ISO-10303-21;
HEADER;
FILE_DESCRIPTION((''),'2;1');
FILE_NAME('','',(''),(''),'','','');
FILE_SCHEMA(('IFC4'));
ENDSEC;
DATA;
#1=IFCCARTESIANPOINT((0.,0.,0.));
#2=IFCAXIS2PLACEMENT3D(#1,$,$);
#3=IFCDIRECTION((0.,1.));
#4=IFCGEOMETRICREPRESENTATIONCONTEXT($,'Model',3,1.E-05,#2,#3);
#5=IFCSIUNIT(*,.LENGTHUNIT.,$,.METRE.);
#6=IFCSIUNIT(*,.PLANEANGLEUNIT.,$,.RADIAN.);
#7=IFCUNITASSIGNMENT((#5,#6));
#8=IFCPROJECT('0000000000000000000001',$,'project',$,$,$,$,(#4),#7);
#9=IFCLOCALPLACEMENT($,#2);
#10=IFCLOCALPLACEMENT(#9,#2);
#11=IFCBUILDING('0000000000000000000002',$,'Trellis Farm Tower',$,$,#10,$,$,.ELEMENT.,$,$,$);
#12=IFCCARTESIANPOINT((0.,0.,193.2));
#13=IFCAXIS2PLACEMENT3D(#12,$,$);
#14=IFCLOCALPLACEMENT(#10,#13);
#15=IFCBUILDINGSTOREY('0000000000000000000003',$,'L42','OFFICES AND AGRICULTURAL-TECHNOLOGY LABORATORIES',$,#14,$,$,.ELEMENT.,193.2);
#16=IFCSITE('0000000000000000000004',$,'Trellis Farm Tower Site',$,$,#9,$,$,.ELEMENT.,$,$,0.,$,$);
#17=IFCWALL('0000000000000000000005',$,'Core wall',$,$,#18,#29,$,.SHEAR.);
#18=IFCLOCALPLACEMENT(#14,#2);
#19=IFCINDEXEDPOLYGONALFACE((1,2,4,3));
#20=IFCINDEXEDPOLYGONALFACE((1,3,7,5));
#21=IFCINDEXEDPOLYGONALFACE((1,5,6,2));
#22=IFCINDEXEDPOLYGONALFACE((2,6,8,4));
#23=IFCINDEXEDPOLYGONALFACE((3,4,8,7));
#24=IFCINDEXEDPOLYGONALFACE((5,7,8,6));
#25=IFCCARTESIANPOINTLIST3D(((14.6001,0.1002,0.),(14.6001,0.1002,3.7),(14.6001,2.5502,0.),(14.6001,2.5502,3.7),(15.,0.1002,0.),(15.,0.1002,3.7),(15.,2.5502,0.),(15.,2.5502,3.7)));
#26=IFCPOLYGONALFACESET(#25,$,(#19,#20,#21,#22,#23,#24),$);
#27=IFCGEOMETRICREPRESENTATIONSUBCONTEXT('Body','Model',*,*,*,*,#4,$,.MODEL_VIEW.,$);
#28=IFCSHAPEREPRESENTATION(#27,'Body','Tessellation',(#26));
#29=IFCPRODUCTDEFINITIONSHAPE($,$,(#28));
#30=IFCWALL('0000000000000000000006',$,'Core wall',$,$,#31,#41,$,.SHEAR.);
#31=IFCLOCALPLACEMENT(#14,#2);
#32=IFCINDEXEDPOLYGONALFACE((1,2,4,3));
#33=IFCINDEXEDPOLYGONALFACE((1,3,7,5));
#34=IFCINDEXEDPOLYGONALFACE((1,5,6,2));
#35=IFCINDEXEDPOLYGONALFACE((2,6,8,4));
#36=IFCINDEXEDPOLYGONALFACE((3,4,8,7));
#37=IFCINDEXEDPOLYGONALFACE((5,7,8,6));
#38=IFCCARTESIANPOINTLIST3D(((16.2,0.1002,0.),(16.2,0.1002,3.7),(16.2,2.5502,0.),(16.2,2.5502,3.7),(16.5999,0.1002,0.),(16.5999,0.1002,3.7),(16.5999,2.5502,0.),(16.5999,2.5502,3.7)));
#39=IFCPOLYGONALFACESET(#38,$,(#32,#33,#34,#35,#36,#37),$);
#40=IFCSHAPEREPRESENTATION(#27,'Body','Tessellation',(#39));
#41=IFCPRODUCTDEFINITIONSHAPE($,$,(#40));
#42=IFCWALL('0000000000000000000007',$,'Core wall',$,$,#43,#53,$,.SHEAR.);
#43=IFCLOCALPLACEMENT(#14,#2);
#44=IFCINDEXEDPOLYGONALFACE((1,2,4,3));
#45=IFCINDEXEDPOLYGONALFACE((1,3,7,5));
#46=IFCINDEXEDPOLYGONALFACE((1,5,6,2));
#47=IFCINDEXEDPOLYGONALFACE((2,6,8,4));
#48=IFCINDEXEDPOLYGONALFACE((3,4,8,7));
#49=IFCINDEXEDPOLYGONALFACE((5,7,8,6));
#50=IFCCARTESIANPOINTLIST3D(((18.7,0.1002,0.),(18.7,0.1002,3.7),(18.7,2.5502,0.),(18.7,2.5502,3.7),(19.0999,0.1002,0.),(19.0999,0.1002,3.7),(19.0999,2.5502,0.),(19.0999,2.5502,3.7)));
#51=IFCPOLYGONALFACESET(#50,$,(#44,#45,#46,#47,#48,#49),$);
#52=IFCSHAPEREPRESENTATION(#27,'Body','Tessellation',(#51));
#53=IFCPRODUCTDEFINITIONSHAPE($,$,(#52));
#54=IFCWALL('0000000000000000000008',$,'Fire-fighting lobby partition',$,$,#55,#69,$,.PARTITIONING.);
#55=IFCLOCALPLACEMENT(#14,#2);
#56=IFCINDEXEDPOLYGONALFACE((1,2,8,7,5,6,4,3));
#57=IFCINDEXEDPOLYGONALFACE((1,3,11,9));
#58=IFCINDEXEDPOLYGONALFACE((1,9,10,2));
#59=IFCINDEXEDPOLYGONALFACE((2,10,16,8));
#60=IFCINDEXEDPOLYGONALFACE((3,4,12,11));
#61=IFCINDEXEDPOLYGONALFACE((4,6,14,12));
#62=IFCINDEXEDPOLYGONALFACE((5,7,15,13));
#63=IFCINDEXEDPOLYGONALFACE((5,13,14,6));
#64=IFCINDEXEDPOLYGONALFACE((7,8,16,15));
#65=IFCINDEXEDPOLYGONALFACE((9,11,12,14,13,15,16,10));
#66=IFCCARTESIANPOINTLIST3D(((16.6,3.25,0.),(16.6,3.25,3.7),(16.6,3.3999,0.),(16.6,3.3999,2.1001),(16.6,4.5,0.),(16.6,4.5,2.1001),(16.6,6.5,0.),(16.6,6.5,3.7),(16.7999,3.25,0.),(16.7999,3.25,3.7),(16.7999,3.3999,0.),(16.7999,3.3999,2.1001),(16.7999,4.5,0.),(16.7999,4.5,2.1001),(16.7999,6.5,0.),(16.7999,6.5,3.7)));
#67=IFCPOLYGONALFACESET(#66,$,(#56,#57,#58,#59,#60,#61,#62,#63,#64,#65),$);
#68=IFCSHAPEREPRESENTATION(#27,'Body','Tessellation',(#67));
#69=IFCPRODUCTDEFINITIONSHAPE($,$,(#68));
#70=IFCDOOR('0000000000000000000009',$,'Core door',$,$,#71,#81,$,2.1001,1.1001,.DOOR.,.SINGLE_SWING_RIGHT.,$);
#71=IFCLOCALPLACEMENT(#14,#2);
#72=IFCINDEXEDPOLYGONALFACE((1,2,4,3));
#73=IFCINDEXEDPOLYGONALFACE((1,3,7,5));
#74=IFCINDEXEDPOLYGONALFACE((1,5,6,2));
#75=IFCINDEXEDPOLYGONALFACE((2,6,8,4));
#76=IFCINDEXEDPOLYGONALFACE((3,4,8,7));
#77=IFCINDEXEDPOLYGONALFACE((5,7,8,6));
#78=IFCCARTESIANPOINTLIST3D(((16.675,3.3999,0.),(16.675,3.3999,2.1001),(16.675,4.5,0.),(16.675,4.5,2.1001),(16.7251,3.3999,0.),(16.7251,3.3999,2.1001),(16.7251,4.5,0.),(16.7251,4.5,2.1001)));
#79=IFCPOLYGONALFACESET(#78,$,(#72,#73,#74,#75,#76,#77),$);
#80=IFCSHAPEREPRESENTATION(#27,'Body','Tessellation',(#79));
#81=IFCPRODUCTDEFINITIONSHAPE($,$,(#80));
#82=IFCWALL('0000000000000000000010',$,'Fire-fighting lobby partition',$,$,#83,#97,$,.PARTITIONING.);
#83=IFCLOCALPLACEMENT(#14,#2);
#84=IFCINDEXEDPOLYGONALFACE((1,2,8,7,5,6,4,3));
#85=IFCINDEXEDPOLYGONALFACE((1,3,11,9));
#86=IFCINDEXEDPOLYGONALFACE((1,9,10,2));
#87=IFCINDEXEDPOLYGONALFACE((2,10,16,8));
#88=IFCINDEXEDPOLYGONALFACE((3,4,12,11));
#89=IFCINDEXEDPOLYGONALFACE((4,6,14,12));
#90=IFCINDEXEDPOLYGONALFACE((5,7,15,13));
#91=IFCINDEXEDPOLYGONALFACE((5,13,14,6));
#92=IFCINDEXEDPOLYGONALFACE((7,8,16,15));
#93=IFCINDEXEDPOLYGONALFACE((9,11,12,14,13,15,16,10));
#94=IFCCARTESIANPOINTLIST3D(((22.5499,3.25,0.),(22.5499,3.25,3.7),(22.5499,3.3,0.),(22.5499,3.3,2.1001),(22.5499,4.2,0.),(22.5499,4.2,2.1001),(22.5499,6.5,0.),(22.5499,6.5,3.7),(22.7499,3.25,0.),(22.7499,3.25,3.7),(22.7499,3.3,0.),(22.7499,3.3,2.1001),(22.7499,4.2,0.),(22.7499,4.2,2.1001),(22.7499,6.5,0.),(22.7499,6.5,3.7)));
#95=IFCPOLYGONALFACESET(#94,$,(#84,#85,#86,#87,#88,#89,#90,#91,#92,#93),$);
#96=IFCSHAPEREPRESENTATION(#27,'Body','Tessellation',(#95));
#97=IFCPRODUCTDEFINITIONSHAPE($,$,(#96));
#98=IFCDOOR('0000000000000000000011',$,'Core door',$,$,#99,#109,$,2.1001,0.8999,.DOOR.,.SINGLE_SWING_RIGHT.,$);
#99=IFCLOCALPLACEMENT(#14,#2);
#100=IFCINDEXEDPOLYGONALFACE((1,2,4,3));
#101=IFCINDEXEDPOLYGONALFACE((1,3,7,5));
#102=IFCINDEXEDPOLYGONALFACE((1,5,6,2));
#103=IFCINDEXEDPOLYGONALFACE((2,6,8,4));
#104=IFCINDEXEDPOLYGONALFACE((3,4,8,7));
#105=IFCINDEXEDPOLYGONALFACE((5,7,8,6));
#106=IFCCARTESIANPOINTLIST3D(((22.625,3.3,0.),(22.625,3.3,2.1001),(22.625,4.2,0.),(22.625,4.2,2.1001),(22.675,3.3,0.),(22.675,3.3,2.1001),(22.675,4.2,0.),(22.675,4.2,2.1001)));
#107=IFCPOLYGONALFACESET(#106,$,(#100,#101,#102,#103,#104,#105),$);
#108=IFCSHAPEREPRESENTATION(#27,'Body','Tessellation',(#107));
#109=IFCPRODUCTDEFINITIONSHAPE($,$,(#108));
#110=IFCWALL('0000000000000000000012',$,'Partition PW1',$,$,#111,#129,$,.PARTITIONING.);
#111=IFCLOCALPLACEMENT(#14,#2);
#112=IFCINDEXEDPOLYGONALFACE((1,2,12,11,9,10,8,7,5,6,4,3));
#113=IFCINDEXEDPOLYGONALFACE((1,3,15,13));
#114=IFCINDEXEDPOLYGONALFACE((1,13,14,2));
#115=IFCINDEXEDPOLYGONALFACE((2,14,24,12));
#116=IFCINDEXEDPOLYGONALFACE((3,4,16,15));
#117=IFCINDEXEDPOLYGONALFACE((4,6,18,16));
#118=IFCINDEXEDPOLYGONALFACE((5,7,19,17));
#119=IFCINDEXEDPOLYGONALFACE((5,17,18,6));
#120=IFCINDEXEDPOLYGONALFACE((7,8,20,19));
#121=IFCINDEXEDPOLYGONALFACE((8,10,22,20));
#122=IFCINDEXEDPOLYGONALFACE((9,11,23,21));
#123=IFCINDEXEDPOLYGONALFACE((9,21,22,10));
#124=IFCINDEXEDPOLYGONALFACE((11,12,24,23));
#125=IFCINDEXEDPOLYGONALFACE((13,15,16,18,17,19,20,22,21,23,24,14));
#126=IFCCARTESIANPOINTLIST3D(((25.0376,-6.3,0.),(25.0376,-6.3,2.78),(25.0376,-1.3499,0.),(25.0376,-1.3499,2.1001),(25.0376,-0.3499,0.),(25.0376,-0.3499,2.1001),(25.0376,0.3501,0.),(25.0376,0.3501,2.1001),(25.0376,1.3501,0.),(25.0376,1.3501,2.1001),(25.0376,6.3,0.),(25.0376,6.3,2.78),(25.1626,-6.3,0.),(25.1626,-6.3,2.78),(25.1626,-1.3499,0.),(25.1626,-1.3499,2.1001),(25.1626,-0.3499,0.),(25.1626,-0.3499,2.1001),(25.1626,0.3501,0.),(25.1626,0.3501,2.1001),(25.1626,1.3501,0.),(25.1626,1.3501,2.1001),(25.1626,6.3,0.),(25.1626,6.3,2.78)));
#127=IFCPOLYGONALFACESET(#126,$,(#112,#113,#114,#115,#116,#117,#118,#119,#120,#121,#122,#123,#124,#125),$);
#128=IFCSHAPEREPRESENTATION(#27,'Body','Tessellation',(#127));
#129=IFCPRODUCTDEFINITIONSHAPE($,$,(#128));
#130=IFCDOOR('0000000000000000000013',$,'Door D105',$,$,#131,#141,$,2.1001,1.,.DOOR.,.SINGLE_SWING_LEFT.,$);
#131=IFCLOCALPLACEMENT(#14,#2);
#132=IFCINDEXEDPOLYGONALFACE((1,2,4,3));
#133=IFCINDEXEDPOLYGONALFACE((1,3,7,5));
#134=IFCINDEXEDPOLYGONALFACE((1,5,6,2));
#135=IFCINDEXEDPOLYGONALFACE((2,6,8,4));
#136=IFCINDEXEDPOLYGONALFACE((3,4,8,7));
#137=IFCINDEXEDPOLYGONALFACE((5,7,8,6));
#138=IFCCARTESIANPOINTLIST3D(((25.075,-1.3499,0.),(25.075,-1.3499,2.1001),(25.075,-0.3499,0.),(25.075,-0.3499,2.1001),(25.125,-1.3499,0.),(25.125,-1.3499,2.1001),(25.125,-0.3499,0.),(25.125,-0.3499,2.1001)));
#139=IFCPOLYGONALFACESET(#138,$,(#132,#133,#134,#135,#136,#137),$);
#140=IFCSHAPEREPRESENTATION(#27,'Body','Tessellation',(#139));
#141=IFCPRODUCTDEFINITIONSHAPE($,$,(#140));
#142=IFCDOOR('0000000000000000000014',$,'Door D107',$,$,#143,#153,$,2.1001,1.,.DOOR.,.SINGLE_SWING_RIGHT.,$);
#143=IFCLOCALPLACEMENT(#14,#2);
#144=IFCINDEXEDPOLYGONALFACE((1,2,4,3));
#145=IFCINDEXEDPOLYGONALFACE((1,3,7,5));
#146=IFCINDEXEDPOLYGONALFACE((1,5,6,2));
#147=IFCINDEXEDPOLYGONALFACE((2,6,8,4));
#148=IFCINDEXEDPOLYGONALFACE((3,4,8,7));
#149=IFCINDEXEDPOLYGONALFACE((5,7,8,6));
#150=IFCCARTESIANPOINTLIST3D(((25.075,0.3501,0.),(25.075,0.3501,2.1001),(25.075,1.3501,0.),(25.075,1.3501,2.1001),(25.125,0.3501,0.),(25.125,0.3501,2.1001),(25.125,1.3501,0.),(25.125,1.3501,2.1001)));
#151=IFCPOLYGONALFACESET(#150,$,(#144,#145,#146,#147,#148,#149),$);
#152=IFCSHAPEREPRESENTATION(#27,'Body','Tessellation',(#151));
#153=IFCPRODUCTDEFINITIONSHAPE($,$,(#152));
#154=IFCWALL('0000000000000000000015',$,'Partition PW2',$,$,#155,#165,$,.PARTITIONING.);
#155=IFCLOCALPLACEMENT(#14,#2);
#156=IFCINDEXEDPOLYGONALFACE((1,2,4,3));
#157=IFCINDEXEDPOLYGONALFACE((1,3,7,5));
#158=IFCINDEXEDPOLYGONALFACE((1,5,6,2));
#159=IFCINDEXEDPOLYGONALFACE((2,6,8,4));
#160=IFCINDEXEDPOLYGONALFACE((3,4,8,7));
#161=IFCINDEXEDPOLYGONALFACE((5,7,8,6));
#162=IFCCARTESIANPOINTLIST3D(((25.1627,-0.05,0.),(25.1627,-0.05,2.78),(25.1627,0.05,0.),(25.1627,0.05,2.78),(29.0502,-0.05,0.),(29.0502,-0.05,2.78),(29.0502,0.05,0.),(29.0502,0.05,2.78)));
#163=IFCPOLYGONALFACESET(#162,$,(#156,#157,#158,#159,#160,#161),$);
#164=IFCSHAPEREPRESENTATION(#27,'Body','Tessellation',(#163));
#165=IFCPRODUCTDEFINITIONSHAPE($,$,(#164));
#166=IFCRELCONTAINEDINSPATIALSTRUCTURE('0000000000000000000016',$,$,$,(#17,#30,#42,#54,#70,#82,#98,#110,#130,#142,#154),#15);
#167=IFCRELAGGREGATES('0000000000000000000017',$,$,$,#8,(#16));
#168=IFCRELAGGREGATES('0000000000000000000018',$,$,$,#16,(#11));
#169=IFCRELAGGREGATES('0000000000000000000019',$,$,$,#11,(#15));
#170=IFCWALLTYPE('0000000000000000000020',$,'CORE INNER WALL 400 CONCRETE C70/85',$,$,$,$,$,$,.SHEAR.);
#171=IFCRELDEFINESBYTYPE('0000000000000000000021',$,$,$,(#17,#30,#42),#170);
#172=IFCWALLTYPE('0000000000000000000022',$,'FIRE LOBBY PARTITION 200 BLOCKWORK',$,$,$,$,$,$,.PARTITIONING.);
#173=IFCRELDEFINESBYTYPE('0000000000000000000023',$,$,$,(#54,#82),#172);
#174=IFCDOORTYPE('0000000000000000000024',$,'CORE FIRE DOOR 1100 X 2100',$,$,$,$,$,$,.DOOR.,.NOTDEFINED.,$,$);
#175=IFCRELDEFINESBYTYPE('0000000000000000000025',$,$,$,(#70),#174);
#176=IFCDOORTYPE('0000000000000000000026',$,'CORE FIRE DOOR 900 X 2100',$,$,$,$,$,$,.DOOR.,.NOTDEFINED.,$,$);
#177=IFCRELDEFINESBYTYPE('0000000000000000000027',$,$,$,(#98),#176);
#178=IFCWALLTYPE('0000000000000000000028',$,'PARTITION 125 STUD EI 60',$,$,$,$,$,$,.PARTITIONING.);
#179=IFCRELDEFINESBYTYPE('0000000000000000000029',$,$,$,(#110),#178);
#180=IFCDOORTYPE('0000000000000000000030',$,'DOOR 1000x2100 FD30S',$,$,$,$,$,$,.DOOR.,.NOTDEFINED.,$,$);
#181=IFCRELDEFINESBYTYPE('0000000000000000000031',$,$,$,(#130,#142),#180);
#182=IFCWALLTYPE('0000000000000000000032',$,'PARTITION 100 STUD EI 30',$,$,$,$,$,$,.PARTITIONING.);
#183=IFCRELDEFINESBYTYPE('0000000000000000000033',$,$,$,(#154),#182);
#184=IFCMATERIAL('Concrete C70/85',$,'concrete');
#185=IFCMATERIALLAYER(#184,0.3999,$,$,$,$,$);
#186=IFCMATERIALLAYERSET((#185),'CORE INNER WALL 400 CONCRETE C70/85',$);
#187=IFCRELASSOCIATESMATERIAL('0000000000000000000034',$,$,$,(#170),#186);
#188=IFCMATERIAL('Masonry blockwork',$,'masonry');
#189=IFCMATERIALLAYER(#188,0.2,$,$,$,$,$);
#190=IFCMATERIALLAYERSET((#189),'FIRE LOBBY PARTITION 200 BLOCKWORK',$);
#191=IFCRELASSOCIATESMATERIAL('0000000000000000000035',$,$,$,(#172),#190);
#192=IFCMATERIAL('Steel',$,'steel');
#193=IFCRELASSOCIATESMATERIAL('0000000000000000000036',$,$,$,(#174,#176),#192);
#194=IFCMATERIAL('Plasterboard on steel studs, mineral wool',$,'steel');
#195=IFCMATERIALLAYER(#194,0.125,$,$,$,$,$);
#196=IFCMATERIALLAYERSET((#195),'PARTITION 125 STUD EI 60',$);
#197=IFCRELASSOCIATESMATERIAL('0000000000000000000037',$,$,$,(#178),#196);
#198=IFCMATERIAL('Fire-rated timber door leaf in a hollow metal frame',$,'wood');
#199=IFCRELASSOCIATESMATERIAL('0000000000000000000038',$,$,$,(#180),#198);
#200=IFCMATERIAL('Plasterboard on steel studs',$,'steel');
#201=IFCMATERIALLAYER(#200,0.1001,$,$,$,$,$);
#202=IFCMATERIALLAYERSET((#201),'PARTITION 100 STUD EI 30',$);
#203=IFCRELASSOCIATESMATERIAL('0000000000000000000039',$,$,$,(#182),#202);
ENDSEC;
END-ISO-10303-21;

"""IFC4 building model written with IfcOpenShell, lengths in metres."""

from ifc_helpers import new_model, si_unit, direction, frame, frame_2d, origin, place, context, subcontext, project, spatial, rectangle, extrude, source, transform, mapped, material, layer, layer_set, type_object, element, fill, save


model = new_model("IFC4")

# Units and contexts
model_context = context("Model", 3, precision=1e-05, world=origin(), true_north=direction((0.0, 1.0)))
body_context = subcontext(model_context, "Body", "Model", "MODEL_VIEW")
ifc_project = project(units=[si_unit("LENGTHUNIT", "METRE"), si_unit("PLANEANGLEUNIT", "RADIAN")], contexts=[model_context])

# Site, building, storey
site_placement = place(None, origin())
site = spatial("IfcSite", under=ifc_project, at=site_placement, Name="Trellis Farm Tower Site", CompositionType="ELEMENT", RefElevation=0.0)
building_placement = place(site_placement, origin())
building = spatial("IfcBuilding", under=site, at=building_placement, Name="Trellis Farm Tower", CompositionType="ELEMENT")
storey_placement = place(building_placement, frame((0.0, 0.0, 193.2)))
storey = spatial("IfcBuildingStorey", under=building, at=storey_placement, Name="L42", Description="OFFICES AND AGRICULTURAL-TECHNOLOGY LABORATORIES", CompositionType="ELEMENT", Elevation=193.2)

# Shared definitions
ifc_material_1 = material(Name="Concrete C70/85", Category="concrete")

# Walls
ifc_layer_1 = layer(ifc_material_1, 0.3999)
ifc_layer_set_1 = layer_set([ifc_layer_1], Name="CORE INNER WALL 400 CONCRETE C70/85")
wall_type_1 = type_object("IfcWallType", Name="CORE INNER WALL 400 CONCRETE C70/85", PredefinedType="SHEAR", material=ifc_layer_set_1)
shared_shape_1 = source(origin(), body_context, "Body", "SweptSolid", [
    extrude(rectangle(XDim=2.45, YDim=0.3999, at=frame_2d((1.2251, 0.0))), origin(), (0.0, 0.0, 1.0), 3.7),
])
for number, where, z_axis, x_axis, name in (
    (1, (14.8, 0.1001, 0.0), (0.0, 0.0, 1.0), (0.0, 1.0, 0.0), "Core wall"),
    (2, (16.3999, 0.1001, 0.0), (0.0, 0.0, 1.0), (0.0, 1.0, 0.0), "Core wall"),
    (3, (18.8999, 0.1001, 0.0), (0.0, 0.0, 1.0), (0.0, 1.0, 0.0), "Core wall"),
):
    element("IfcWall", number, at=place(storey_placement, frame(where, z_axis=z_axis, x_axis=x_axis)), inside=storey, type_object=wall_type_1, Name=name, PredefinedType="SHEAR", context=body_context, shape_type="MappedRepresentation", body=[
        mapped(shared_shape_1, transform((0.0, 0.0, 0.0))),
    ])

# Walls, openings, doors
ifc_material_2 = material(Name="Masonry blockwork", Category="masonry")
ifc_layer_2 = layer(ifc_material_2, 0.2)
ifc_layer_set_2 = layer_set([ifc_layer_2], Name="FIRE LOBBY PARTITION 200 BLOCKWORK")
wall_type_2 = type_object("IfcWallType", Name="FIRE LOBBY PARTITION 200 BLOCKWORK", PredefinedType="PARTITIONING", material=ifc_layer_set_2)
shared_shape_2 = source(origin(), body_context, "Body", "SweptSolid", [
    extrude(rectangle(XDim=3.25, YDim=0.2, at=frame_2d((1.625, 0.0))), origin(), (0.0, 0.0, 1.0), 3.7),
])
wall_1_placement = place(storey_placement, frame((16.7, 3.25, 0.0), z_axis=(0.0, 0.0, 1.0), x_axis=(0.0, 1.0, 0.0)))
wall_1 = element("IfcWall", 4, at=wall_1_placement, inside=storey, type_object=wall_type_2, Name="Fire-fighting lobby partition", PredefinedType="PARTITIONING", context=body_context, shape_type="MappedRepresentation", body=[
    mapped(shared_shape_2, transform((0.0, 0.0, 0.0))),
])
shared_shape_3 = source(origin(), body_context, "Body", "SweptSolid", [
    extrude(rectangle(XDim=1.1001, YDim=2.1001, at=frame_2d((0.55, 1.05))), frame((0.0, 0.1101, 0.0), z_axis=(0.0, -1.0, 0.0), x_axis=(1.0, 0.0, 0.0)), (0.0, 0.0, 1.0), 0.2202),
])
opening_1_placement = place(wall_1_placement, frame((0.1499, 0.0, 0.0)))
opening_1 = element("IfcOpeningElement", 5, at=opening_1_placement, cuts=wall_1, PredefinedType="OPENING", context=body_context, shape_type="MappedRepresentation", body=[
    mapped(shared_shape_3, transform((0.0, 0.0, 0.0))),
])
ifc_material_3 = material(Name="Steel", Category="steel")
door_type_1 = type_object("IfcDoorType", Name="CORE FIRE DOOR 1100 X 2100", OperationType="NOTDEFINED", PredefinedType="DOOR", material=ifc_material_3)
shared_shape_4 = source(origin(), body_context, "Body", "SweptSolid", [
    extrude(rectangle(XDim=1.1001, YDim=2.1001, at=frame_2d((0.55, 1.05))), frame((0.0, 0.0249, 0.0), z_axis=(0.0, -1.0, 0.0), x_axis=(1.0, 0.0, 0.0)), (0.0, 0.0, 1.0), 0.05),
])
door_1_placement = place(opening_1_placement, origin())
door_1 = element("IfcDoor", 6, at=door_1_placement, inside=storey, type_object=door_type_1, Name="Core door", OperationType="SINGLE_SWING_RIGHT", OverallHeight=2.1001, OverallWidth=1.1001, PredefinedType="DOOR", context=body_context, shape_type="MappedRepresentation", body=[
    mapped(shared_shape_4, transform((0.0, 0.0, 0.0))),
])
fill(opening_1, door_1)
wall_2_placement = place(storey_placement, frame((22.6499, 3.25, 0.0), z_axis=(0.0, 0.0, 1.0), x_axis=(0.0, 1.0, 0.0)))
wall_2 = element("IfcWall", 7, at=wall_2_placement, inside=storey, type_object=wall_type_2, Name="Fire-fighting lobby partition", PredefinedType="PARTITIONING", context=body_context, shape_type="MappedRepresentation", body=[
    mapped(shared_shape_2, transform((0.0, 0.0, 0.0))),
])
shared_shape_5 = source(origin(), body_context, "Body", "SweptSolid", [
    extrude(rectangle(XDim=0.8999, YDim=2.1001, at=frame_2d((0.45, 1.05))), frame((0.0, 0.1101, 0.0), z_axis=(0.0, -1.0, 0.0), x_axis=(1.0, 0.0, 0.0)), (0.0, 0.0, 1.0), 0.2202),
])
opening_2_placement = place(wall_2_placement, frame((0.05, 0.0, 0.0)))
opening_2 = element("IfcOpeningElement", 8, at=opening_2_placement, cuts=wall_2, PredefinedType="OPENING", context=body_context, shape_type="MappedRepresentation", body=[
    mapped(shared_shape_5, transform((0.0, 0.0, 0.0))),
])
door_type_2 = type_object("IfcDoorType", Name="CORE FIRE DOOR 900 X 2100", OperationType="NOTDEFINED", PredefinedType="DOOR", material=ifc_material_3)
shared_shape_6 = source(origin(), body_context, "Body", "SweptSolid", [
    extrude(rectangle(XDim=0.8999, YDim=2.1001, at=frame_2d((0.45, 1.05))), frame((0.0, 0.0249, 0.0), z_axis=(0.0, -1.0, 0.0), x_axis=(1.0, 0.0, 0.0)), (0.0, 0.0, 1.0), 0.05),
])
door_2_placement = place(opening_2_placement, origin())
door_2 = element("IfcDoor", 9, at=door_2_placement, inside=storey, type_object=door_type_2, Name="Core door", OperationType="SINGLE_SWING_RIGHT", OverallHeight=2.1001, OverallWidth=0.8999, PredefinedType="DOOR", context=body_context, shape_type="MappedRepresentation", body=[
    mapped(shared_shape_6, transform((0.0, 0.0, 0.0))),
])
fill(opening_2, door_2)

# Wall, openings, doors
ifc_material_4 = material(Name="Plasterboard on steel studs, mineral wool", Category="steel")
ifc_layer_3 = layer(ifc_material_4, 0.125)
ifc_layer_set_3 = layer_set([ifc_layer_3], Name="PARTITION 125 STUD EI 60")
wall_type_3 = type_object("IfcWallType", Name="PARTITION 125 STUD EI 60", PredefinedType="PARTITIONING", material=ifc_layer_set_3)
shared_shape_7 = source(origin(), body_context, "Body", "SweptSolid", [
    extrude(rectangle(XDim=12.6001, YDim=0.125, at=frame_2d((6.3, 0.0))), origin(), (0.0, 0.0, 1.0), 2.78),
])
wall_3_placement = place(storey_placement, frame((25.1001, 6.3, 0.0), z_axis=(0.0, 0.0, 1.0), x_axis=(0.0, -1.0, 0.0)))
wall_3 = element("IfcWall", 10, at=wall_3_placement, inside=storey, type_object=wall_type_3, Name="Partition PW1", PredefinedType="PARTITIONING", context=body_context, shape_type="MappedRepresentation", body=[
    mapped(shared_shape_7, transform((0.0, 0.0, 0.0))),
])
shared_shape_8 = source(origin(), body_context, "Body", "SweptSolid", [
    extrude(rectangle(XDim=1.0, YDim=2.1001, at=frame_2d((0.5, 1.05))), frame((0.0, 0.0725, 0.0), z_axis=(0.0, -1.0, 0.0), x_axis=(1.0, 0.0, 0.0)), (0.0, 0.0, 1.0), 0.145),
])
opening_3_placement = place(wall_3_placement, frame((6.6499, 0.0, 0.0)))
opening_3 = element("IfcOpeningElement", 11, at=opening_3_placement, cuts=wall_3, PredefinedType="OPENING", context=body_context, shape_type="MappedRepresentation", body=[
    mapped(shared_shape_8, transform((0.0, 0.0, 0.0))),
])
opening_4_placement = place(wall_3_placement, frame((4.95, 0.0, 0.0)))
opening_4 = element("IfcOpeningElement", 12, at=opening_4_placement, cuts=wall_3, PredefinedType="OPENING", context=body_context, shape_type="MappedRepresentation", body=[
    mapped(shared_shape_8, transform((0.0, 0.0, 0.0))),
])
ifc_material_5 = material(Name="Fire-rated timber door leaf in a hollow metal frame", Category="wood")
door_type_3 = type_object("IfcDoorType", Name="DOOR 1000x2100 FD30S", OperationType="NOTDEFINED", PredefinedType="DOOR", material=ifc_material_5)
shared_shape_9 = source(origin(), body_context, "Body", "SweptSolid", [
    extrude(rectangle(XDim=1.0, YDim=2.1001, at=frame_2d((0.5, 1.05))), frame((0.0, 0.0249, 0.0), z_axis=(0.0, -1.0, 0.0), x_axis=(1.0, 0.0, 0.0)), (0.0, 0.0, 1.0), 0.05),
])
door_3_placement = place(opening_3_placement, origin())
door_3 = element("IfcDoor", 13, at=door_3_placement, inside=storey, type_object=door_type_3, Name="Door D105", OperationType="SINGLE_SWING_LEFT", OverallHeight=2.1001, OverallWidth=1.0, PredefinedType="DOOR", context=body_context, shape_type="MappedRepresentation", body=[
    mapped(shared_shape_9, transform((0.0, 0.0, 0.0))),
])
fill(opening_3, door_3)
door_4_placement = place(opening_4_placement, origin())
door_4 = element("IfcDoor", 14, at=door_4_placement, inside=storey, type_object=door_type_3, Name="Door D107", OperationType="SINGLE_SWING_RIGHT", OverallHeight=2.1001, OverallWidth=1.0, PredefinedType="DOOR", context=body_context, shape_type="MappedRepresentation", body=[
    mapped(shared_shape_9, transform((0.0, 0.0, 0.0))),
])
fill(opening_4, door_4)

# Wall
ifc_material_6 = material(Name="Plasterboard on steel studs", Category="steel")
ifc_layer_4 = layer(ifc_material_6, 0.1001)
ifc_layer_set_4 = layer_set([ifc_layer_4], Name="PARTITION 100 STUD EI 30")
wall_type_4 = type_object("IfcWallType", Name="PARTITION 100 STUD EI 30", PredefinedType="PARTITIONING", material=ifc_layer_set_4)
shared_shape_10 = source(origin(), body_context, "Body", "SweptSolid", [
    extrude(rectangle(XDim=3.8875, YDim=0.1001, at=frame_2d((1.9438, 0.0))), origin(), (0.0, 0.0, 1.0), 2.78),
])
wall_4_placement = place(storey_placement, frame((25.1626, 0.0, 0.0), z_axis=(0.0, 0.0, 1.0), x_axis=(1.0, 0.0, 0.0)))
element("IfcWall", 15, at=wall_4_placement, inside=storey, type_object=wall_type_4, Name="Partition PW2", PredefinedType="PARTITIONING", context=body_context, shape_type="MappedRepresentation", body=[
    mapped(shared_shape_10, transform((0.0, 0.0, 0.0))),
])

save(model, "model.ifc")
